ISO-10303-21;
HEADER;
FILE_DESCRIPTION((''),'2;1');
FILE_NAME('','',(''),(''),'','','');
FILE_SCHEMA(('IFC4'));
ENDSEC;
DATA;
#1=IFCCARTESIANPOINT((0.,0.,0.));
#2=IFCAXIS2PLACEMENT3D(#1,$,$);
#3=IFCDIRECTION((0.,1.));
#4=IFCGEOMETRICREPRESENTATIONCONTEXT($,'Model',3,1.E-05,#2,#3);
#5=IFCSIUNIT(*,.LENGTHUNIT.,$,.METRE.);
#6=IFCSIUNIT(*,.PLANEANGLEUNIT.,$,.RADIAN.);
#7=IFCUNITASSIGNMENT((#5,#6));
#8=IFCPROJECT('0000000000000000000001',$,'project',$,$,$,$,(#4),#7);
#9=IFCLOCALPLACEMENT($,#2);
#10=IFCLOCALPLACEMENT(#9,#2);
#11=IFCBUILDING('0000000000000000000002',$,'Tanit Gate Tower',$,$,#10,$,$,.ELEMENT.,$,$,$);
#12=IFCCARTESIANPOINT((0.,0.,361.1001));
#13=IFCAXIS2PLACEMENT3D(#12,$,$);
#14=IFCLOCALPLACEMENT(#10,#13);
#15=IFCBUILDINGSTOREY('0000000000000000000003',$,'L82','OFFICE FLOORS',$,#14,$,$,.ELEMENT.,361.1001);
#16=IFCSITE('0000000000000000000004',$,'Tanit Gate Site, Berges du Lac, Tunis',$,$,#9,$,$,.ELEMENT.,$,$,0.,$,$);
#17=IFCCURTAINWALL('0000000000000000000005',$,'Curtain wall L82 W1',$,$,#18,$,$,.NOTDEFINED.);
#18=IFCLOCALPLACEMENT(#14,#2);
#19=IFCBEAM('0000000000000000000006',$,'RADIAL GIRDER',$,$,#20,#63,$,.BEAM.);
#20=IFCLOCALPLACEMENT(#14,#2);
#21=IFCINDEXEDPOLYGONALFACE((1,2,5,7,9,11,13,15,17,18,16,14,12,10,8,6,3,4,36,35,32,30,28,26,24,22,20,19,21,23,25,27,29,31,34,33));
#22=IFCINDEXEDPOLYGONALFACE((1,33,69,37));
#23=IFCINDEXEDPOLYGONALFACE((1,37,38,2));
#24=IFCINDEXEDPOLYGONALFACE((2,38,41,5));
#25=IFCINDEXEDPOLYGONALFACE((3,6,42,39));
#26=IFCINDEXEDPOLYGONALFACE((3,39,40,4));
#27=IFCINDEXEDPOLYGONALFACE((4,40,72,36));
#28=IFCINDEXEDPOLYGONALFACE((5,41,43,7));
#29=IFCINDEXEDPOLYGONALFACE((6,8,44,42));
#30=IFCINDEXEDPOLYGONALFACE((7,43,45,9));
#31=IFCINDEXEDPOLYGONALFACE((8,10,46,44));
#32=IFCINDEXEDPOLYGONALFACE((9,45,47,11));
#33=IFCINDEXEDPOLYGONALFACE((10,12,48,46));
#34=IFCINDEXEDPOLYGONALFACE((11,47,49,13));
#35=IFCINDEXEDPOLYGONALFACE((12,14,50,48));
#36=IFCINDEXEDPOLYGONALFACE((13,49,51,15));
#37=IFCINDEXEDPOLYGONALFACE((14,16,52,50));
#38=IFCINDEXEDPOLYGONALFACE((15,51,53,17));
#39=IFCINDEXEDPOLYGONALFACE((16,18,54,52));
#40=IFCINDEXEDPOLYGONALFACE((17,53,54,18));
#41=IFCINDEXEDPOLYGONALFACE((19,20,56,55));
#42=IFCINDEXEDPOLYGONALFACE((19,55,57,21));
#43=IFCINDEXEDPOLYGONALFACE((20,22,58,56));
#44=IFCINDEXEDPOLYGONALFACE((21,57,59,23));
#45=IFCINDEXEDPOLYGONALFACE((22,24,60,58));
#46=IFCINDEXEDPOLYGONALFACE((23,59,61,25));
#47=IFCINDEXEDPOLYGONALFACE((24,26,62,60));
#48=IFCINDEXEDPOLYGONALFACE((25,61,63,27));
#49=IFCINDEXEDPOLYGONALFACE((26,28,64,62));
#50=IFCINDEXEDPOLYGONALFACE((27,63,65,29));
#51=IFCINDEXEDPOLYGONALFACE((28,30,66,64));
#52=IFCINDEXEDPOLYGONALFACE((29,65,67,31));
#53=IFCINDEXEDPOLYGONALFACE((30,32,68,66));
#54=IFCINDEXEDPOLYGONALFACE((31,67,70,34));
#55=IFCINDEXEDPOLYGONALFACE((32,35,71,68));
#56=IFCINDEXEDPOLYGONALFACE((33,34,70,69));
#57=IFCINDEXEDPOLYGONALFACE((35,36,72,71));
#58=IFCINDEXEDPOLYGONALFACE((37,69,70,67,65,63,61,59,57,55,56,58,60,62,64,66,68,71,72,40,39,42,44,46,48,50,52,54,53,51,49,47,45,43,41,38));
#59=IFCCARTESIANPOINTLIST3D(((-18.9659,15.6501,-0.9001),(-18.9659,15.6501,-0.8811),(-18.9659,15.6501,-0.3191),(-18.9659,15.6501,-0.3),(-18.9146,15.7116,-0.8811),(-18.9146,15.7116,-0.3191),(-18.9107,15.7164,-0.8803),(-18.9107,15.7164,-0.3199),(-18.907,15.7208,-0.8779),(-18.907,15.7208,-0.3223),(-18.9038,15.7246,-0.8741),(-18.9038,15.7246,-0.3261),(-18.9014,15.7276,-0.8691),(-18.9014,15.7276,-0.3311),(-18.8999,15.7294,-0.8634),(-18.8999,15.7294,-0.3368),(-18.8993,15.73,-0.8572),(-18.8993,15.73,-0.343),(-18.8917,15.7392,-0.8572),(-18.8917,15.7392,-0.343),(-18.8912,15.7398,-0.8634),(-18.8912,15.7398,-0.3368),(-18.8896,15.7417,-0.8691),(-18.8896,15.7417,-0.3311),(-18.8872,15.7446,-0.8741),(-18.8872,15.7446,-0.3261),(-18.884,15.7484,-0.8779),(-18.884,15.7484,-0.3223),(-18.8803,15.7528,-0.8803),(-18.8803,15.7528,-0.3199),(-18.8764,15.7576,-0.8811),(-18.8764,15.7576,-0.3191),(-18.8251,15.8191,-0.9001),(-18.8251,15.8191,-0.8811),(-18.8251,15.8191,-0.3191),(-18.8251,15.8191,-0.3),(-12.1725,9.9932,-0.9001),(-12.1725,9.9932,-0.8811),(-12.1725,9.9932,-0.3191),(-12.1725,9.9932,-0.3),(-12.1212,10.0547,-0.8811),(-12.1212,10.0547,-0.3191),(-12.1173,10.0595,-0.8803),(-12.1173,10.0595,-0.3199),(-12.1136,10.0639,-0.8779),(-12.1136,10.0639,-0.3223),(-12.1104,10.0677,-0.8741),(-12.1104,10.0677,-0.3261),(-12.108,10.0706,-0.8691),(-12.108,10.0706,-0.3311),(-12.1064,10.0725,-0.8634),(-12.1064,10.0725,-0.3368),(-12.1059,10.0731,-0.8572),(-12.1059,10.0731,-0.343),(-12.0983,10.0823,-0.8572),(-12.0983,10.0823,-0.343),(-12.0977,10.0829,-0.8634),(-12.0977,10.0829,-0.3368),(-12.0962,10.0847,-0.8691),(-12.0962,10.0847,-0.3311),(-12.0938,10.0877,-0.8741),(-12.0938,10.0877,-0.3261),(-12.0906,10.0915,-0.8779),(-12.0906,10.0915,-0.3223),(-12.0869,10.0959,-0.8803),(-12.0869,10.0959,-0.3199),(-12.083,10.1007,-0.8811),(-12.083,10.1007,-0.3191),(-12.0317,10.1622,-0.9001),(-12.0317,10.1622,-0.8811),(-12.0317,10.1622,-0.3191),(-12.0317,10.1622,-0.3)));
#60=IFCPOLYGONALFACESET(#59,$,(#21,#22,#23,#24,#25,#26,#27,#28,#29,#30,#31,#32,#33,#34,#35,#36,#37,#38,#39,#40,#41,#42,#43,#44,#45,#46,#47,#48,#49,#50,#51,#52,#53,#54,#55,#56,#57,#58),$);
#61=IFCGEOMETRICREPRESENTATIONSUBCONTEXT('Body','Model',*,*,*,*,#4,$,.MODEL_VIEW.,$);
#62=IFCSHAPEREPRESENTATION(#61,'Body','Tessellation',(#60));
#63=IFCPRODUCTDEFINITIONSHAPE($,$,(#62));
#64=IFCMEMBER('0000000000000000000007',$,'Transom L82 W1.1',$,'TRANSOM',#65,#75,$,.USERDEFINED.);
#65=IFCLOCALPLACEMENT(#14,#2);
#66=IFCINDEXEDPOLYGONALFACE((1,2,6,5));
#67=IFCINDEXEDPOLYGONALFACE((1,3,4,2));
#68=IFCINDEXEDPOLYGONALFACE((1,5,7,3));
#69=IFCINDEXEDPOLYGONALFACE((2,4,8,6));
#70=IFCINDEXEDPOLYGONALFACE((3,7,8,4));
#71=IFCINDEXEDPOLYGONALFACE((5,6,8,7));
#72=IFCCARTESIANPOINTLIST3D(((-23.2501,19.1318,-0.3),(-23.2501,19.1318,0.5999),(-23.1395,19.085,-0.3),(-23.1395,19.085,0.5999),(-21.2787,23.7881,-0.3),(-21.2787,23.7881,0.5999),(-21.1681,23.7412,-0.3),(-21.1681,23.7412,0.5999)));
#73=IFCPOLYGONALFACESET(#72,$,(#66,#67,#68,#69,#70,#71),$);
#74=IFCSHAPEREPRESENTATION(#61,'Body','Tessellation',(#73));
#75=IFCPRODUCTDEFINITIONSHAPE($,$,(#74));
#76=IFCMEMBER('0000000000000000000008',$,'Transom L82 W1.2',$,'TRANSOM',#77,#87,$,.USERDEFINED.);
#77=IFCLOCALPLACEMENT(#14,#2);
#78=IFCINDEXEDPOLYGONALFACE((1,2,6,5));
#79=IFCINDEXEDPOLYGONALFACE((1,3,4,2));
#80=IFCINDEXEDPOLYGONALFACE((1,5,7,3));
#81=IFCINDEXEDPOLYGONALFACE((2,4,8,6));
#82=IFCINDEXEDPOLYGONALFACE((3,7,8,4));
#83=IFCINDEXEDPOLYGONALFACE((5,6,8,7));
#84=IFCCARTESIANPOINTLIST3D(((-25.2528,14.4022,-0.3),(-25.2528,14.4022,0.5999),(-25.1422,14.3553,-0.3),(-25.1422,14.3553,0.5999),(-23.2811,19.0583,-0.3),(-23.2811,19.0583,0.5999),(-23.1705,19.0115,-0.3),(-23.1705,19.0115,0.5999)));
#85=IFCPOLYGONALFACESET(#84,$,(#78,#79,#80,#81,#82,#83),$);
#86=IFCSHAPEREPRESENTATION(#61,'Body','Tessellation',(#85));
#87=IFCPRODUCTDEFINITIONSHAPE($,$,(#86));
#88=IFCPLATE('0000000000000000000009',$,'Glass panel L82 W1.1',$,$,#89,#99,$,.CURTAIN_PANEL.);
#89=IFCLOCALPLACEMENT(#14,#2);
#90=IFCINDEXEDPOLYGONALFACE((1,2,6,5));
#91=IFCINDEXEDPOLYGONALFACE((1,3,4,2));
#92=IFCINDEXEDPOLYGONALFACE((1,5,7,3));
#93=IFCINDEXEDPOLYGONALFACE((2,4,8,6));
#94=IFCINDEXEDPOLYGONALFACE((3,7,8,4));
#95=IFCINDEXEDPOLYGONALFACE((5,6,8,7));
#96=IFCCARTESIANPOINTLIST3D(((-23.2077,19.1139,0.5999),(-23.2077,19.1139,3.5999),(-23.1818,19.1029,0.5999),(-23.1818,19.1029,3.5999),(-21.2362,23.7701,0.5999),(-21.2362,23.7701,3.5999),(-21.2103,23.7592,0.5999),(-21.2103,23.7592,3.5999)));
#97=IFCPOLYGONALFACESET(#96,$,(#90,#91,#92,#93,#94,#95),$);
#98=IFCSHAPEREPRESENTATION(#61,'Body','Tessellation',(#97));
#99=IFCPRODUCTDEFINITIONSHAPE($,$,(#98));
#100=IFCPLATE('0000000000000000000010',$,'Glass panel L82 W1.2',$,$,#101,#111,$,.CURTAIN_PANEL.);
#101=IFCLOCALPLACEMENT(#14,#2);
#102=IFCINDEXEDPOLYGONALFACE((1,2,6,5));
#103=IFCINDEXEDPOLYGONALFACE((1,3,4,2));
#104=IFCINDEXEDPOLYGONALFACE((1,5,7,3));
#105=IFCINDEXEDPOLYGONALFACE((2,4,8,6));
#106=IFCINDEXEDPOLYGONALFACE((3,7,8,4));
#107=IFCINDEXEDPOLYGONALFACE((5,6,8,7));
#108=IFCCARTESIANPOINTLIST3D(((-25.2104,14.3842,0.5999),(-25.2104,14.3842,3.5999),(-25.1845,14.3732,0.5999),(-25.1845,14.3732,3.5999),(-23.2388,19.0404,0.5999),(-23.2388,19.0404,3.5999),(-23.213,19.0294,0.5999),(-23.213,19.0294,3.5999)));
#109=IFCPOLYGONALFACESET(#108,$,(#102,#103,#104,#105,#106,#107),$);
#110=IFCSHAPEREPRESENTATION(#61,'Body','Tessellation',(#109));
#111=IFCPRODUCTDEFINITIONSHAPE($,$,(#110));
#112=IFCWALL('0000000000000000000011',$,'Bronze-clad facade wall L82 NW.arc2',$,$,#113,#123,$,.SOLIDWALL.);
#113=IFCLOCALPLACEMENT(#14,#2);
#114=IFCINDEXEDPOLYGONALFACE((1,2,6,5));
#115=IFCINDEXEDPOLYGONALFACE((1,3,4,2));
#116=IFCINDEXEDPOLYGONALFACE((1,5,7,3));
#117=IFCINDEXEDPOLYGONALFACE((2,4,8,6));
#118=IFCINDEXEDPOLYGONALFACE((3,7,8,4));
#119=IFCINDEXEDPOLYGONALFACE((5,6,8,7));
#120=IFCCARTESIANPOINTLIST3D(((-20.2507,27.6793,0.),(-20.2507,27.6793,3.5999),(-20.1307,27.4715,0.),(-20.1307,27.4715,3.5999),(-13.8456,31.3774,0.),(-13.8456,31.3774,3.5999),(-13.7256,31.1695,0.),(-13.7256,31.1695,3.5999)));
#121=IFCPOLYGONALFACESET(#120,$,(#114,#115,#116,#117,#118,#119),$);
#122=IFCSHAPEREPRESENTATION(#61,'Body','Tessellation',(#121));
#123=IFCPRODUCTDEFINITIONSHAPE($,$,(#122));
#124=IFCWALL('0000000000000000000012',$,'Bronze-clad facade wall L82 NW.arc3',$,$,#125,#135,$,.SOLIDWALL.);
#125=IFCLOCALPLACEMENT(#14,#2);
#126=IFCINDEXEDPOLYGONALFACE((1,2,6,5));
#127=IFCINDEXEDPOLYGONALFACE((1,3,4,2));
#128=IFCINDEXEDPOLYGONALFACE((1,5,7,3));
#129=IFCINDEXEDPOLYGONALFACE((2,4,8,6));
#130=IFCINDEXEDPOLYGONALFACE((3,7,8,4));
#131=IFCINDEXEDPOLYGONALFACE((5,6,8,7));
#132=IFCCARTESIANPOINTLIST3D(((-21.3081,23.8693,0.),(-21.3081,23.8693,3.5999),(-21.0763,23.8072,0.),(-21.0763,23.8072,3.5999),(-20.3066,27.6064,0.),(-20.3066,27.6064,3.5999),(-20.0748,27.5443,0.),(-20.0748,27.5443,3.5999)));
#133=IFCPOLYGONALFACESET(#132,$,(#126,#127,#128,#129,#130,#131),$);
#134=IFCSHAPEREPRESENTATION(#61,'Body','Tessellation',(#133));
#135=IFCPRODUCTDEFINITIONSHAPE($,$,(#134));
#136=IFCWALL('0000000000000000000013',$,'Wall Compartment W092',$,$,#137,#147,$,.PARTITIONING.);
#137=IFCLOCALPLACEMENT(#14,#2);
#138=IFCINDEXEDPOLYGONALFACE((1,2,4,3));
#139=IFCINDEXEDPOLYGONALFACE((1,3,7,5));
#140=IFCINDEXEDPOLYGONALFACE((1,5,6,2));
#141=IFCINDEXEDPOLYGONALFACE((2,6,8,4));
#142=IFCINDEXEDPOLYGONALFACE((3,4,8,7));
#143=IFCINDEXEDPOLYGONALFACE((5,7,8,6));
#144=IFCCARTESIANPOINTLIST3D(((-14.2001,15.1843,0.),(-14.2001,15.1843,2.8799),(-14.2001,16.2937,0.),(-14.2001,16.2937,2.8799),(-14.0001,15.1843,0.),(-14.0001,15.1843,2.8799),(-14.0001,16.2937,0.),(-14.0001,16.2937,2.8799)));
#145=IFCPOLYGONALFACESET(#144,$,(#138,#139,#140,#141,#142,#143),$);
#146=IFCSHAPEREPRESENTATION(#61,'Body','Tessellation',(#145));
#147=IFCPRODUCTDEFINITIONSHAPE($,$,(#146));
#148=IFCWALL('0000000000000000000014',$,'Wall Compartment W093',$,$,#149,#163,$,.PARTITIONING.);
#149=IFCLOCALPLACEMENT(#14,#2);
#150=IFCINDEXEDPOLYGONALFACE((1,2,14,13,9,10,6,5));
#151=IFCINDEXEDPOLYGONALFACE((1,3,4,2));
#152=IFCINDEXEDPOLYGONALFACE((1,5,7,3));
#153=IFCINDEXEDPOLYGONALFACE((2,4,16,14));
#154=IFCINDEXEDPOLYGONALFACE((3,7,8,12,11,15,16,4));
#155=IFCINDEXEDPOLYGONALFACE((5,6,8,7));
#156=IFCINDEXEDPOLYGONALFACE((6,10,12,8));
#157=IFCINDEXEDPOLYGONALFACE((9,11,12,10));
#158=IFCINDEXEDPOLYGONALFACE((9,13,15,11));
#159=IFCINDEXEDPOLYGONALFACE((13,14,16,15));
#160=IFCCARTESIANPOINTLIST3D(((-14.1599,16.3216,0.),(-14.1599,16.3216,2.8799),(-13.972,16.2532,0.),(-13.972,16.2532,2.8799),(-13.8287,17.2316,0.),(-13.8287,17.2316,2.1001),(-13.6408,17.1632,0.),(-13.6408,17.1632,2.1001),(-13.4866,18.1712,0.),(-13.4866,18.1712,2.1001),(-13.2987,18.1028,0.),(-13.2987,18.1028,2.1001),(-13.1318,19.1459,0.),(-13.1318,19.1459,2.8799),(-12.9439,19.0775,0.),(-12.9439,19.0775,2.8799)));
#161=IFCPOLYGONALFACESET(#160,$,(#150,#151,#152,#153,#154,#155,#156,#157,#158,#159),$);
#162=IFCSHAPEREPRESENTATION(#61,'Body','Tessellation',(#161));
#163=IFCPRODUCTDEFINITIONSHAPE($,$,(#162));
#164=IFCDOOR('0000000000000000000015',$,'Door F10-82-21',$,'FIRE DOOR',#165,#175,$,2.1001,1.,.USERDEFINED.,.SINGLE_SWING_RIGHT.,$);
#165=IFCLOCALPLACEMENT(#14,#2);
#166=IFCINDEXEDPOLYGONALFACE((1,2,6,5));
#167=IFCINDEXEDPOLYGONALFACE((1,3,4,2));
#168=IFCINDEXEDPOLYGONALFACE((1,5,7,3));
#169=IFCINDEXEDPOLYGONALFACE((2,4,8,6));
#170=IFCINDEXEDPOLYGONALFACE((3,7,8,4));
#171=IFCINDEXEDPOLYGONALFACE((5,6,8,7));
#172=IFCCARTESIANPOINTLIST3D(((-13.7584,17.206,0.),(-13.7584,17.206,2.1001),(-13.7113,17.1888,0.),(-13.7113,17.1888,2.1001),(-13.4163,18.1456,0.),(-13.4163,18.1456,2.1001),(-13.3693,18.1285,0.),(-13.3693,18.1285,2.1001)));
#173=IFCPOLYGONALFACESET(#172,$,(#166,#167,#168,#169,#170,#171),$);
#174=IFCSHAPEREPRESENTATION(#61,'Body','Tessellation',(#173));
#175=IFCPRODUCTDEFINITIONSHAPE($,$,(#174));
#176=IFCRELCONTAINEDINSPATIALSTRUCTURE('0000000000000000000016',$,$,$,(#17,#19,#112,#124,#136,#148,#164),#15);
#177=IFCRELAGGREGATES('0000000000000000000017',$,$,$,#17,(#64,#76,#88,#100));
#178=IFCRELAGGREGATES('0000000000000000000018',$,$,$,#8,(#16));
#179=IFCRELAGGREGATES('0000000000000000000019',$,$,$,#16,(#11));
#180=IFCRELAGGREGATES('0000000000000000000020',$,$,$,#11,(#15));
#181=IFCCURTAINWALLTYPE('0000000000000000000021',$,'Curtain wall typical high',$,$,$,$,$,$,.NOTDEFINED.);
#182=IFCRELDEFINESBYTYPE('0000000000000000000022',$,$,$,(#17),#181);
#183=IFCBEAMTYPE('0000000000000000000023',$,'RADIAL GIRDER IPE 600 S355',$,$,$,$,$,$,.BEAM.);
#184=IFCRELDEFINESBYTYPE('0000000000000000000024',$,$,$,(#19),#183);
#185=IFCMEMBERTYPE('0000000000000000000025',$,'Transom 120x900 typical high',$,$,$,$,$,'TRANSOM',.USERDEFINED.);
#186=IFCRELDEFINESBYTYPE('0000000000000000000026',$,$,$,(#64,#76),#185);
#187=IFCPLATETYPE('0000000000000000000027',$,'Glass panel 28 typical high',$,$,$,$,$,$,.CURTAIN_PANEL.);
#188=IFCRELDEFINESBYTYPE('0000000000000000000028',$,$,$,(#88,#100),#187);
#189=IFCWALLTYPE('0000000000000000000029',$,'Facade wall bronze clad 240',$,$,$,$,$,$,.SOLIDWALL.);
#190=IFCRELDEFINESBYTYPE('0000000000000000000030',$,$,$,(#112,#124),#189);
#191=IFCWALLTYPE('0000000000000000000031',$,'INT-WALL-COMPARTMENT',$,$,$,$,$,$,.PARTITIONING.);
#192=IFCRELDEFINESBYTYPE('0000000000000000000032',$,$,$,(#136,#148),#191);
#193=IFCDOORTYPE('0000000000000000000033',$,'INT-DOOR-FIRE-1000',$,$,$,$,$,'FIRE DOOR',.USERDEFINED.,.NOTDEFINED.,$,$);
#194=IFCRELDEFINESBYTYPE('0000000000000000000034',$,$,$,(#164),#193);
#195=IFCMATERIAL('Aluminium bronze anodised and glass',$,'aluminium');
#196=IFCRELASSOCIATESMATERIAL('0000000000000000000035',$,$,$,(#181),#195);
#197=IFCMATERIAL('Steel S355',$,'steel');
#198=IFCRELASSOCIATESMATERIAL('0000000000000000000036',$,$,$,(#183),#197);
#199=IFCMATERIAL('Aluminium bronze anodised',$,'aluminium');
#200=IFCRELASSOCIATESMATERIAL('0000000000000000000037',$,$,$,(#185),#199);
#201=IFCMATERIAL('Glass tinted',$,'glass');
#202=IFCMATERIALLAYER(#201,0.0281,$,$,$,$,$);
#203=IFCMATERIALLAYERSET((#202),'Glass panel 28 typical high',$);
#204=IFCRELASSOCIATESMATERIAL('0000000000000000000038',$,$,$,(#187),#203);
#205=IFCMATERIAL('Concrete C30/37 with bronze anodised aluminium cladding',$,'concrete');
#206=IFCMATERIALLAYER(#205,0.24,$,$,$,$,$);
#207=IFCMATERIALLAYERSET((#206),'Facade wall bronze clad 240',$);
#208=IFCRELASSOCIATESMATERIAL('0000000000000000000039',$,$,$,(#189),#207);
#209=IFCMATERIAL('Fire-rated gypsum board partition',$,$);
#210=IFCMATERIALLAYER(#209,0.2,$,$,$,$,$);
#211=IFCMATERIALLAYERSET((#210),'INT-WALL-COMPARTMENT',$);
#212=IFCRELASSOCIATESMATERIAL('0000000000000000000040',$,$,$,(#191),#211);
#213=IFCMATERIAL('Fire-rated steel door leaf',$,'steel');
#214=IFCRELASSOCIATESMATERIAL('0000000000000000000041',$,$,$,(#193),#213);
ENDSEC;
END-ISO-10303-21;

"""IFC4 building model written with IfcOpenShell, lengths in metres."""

from ifc_helpers import new_model, si_unit, direction, frame, frame_2d, origin, origin_2d, place, context, subcontext, project, spatial, rectangle, i_section, extrude, material, layer, layer_set, material_profile, profile_set, type_object, element, fill, aggregate, save


model = new_model("IFC4")

# Units and contexts
model_context = context("Model", 3, precision=1e-05, world=origin(), true_north=direction((0.0, 1.0)))
body_context = subcontext(model_context, "Body", "Model", "MODEL_VIEW")
ifc_project = project(units=[si_unit("LENGTHUNIT", "METRE"), si_unit("PLANEANGLEUNIT", "RADIAN")], contexts=[model_context])

# Site, building, storey
site_placement = place(None, origin())
site = spatial("IfcSite", under=ifc_project, at=site_placement, Name="Tanit Gate Site, Berges du Lac, Tunis", CompositionType="ELEMENT", RefElevation=0.0)
building_placement = place(site_placement, origin())
building = spatial("IfcBuilding", under=site, at=building_placement, Name="Tanit Gate Tower", CompositionType="ELEMENT")
storey_placement = place(building_placement, frame((0.0, 0.0, 361.1001)))
storey = spatial("IfcBuildingStorey", under=building, at=storey_placement, Name="L82", Description="OFFICE FLOORS", CompositionType="ELEMENT", Elevation=361.1001)

# Curtain wall
ifc_material_1 = material(Name="Aluminium bronze anodised and glass", Category="aluminium")
curtain_wall_type = type_object("IfcCurtainWallType", Name="Curtain wall typical high", PredefinedType="NOTDEFINED", material=ifc_material_1)
curtain_wall_placement = place(storey_placement, origin())
curtain_wall = element("IfcCurtainWall", 1, at=curtain_wall_placement, inside=storey, type_object=curtain_wall_type, Name="Curtain wall L82 W1", PredefinedType="NOTDEFINED")

# Beam
ifc_material_2 = material(Name="Steel S355", Category="steel")
ifc_material_profile_1 = material_profile(ifc_material_2, i_section(OverallWidth=0.22, OverallDepth=0.6001, WebThickness=0.012, FlangeThickness=0.019, FilletRadius=0.0239, at=origin_2d()), Name="IPE 600")
ifc_profile_set_1 = profile_set([ifc_material_profile_1], Name="Steel S355")
beam_type_1 = type_object("IfcBeamType", Name="RADIAL GIRDER IPE 600 S355", PredefinedType="BEAM", material=ifc_profile_set_1)
beam_1_placement = place(storey_placement, frame((-18.8955, 15.7346, -0.6001), z_axis=(0.768457, -0.639902, 0.0), x_axis=(0.639902, 0.768457, 0.0)))
element("IfcBeam", 2, at=beam_1_placement, inside=storey, type_object=beam_type_1, Name="RADIAL GIRDER", PredefinedType="BEAM", context=body_context, shape_type="SweptSolid", body=[
    extrude(i_section(OverallWidth=0.22, OverallDepth=0.6001, WebThickness=0.012, FlangeThickness=0.019, FilletRadius=0.0239, at=origin_2d()), origin(), (0.0, 0.0, 1.0), 8.8403),
])

# Members
ifc_material_3 = material(Name="Aluminium bronze anodised", Category="aluminium")
ifc_material_profile_2 = material_profile(ifc_material_3, rectangle(XDim=0.1201, YDim=0.8999, at=origin_2d()), Name="120x900 bronze transom")
ifc_profile_set_2 = profile_set([ifc_material_profile_2], Name="Aluminium bronze anodised")
member_type_1 = type_object("IfcMemberType", Name="Transom 120x900 typical high", ElementType="TRANSOM", PredefinedType="USERDEFINED", material=ifc_profile_set_2)
member_1_placement = place(storey_placement, frame((-21.2234, 23.7646, 0.1499), z_axis=(-0.389889, -0.920862, 0.0), x_axis=(0.920862, -0.389889, 0.0)))
member_1 = element("IfcMember", 3, at=member_1_placement, type_object=member_type_1, Name="Transom L82 W1.1", ObjectType="TRANSOM", PredefinedType="USERDEFINED", context=body_context, shape_type="SweptSolid", body=[
    extrude(rectangle(XDim=0.1201, YDim=0.8999, at=origin_2d()), origin(), (0.0, 0.0, 1.0), 5.0564),
])
member_2_placement = place(storey_placement, frame((-23.2258, 19.0349, 0.1499), z_axis=(-0.38993, -0.920845, 0.0), x_axis=(0.920845, -0.38993, 0.0)))
member_2 = element("IfcMember", 4, at=member_2_placement, type_object=member_type_1, Name="Transom L82 W1.2", ObjectType="TRANSOM", PredefinedType="USERDEFINED", context=body_context, shape_type="SweptSolid", body=[
    extrude(rectangle(XDim=0.1201, YDim=0.8999, at=origin_2d()), origin(), (0.0, 0.0, 1.0), 5.0564),
])

# Plates
ifc_material_4 = material(Name="Glass tinted", Category="glass")
ifc_layer_1 = layer(ifc_material_4, 0.0281)
ifc_layer_set_1 = layer_set([ifc_layer_1], Name="Glass panel 28 typical high")
plate_type = type_object("IfcPlateType", Name="Glass panel 28 typical high", PredefinedType="CURTAIN_PANEL", material=ifc_layer_set_1)
plate_1_placement = place(storey_placement, frame((-22.209, 21.4365, 0.5999), z_axis=(0.0, 0.0, 1.0), x_axis=(-0.389906, -0.920855, 0.0)))
plate_1 = element("IfcPlate", 5, at=plate_1_placement, type_object=plate_type, Name="Glass panel L82 W1.1", PredefinedType="CURTAIN_PANEL", context=body_context, shape_type="SweptSolid", body=[
    extrude(rectangle(XDim=5.0564, YDim=0.0281, at=origin_2d()), origin(), (0.0, 0.0, 1.0), 3.0),
])
plate_2_placement = place(storey_placement, frame((-24.2117, 16.7068, 0.5999), z_axis=(0.0, 0.0, 1.0), x_axis=(-0.389906, -0.920855, 0.0)))
plate_2 = element("IfcPlate", 6, at=plate_2_placement, type_object=plate_type, Name="Glass panel L82 W1.2", PredefinedType="CURTAIN_PANEL", context=body_context, shape_type="SweptSolid", body=[
    extrude(rectangle(XDim=5.0564, YDim=0.0281, at=origin_2d()), origin(), (0.0, 0.0, 1.0), 3.0),
])
aggregate(curtain_wall, [member_1, member_2, plate_1, plate_2])

# Walls
ifc_material_5 = material(Name="Concrete C30/37 with bronze anodised aluminium cladding", Category="concrete")
ifc_layer_2 = layer(ifc_material_5, 0.24)
ifc_layer_set_2 = layer_set([ifc_layer_2], Name="Facade wall bronze clad 240")
wall_type_1 = type_object("IfcWallType", Name="Facade wall bronze clad 240", PredefinedType="SOLIDWALL", material=ifc_layer_set_2)
wall_1_placement = place(storey_placement, frame((-13.7856, 31.2734, 0.0), z_axis=(0.0, 0.0, 1.0), x_axis=(-0.866022, -0.500005, 0.0)))
element("IfcWall", 7, at=wall_1_placement, inside=storey, type_object=wall_type_1, Name="Bronze-clad facade wall L82 NW.arc2", PredefinedType="SOLIDWALL", context=body_context, shape_type="SweptSolid", body=[
    extrude(rectangle(XDim=7.396, YDim=0.24, at=frame_2d((3.698, 0.0))), origin(), (0.0, 0.0, 1.0), 3.5999),
])
wall_2_placement = place(storey_placement, frame((-20.1907, 27.5754, 0.0), z_axis=(0.0, 0.0, 1.0), x_axis=(-0.258849, -0.965918, 0.0)))
element("IfcWall", 8, at=wall_2_placement, inside=storey, type_object=wall_type_1, Name="Bronze-clad facade wall L82 NW.arc3", PredefinedType="SOLIDWALL", context=body_context, shape_type="SweptSolid", body=[
    extrude(rectangle(XDim=3.8689, YDim=0.24, at=frame_2d((1.9346, 0.0))), origin(), (0.0, 0.0, 1.0), 3.5999),
])
ifc_material_6 = material(Name="Fire-rated gypsum board partition")
ifc_layer_3 = layer(ifc_material_6, 0.2)
ifc_layer_set_3 = layer_set([ifc_layer_3], Name="INT-WALL-COMPARTMENT")
wall_type_2 = type_object("IfcWallType", Name="INT-WALL-COMPARTMENT", PredefinedType="PARTITIONING", material=ifc_layer_set_3)
wall_3_placement = place(storey_placement, frame((-14.1001, 16.2937, 0.0), z_axis=(0.0, 0.0, 1.0), x_axis=(0.0, -1.0, 0.0)))
element("IfcWall", 9, at=wall_3_placement, inside=storey, type_object=wall_type_2, Name="Wall Compartment W092", PredefinedType="PARTITIONING", context=body_context, shape_type="SweptSolid", body=[
    extrude(rectangle(XDim=1.1094, YDim=0.2, at=frame_2d((0.5547, 0.0))), origin(), (0.0, 0.0, 1.0), 2.8799),
])

# Wall, opening, door
wall_4_placement = place(storey_placement, frame((-13.0378, 19.1118, 0.0), z_axis=(0.0, 0.0, 1.0), x_axis=(-0.342063, -0.939677, 0.0)))
wall_4 = element("IfcWall", 10, at=wall_4_placement, inside=storey, type_object=wall_type_2, Name="Wall Compartment W093", PredefinedType="PARTITIONING", context=body_context, shape_type="SweptSolid", body=[
    extrude(rectangle(XDim=3.0056, YDim=0.2, at=frame_2d((1.5029, 0.0))), origin(), (0.0, 0.0, 1.0), 2.8799),
])
opening_placement = place(wall_4_placement, frame((1.0374, 0.0, 0.0)))
opening = element("IfcOpeningElement", 11, at=opening_placement, cuts=wall_4, PredefinedType="OPENING", context=body_context, shape_type="SweptSolid", body=[
    extrude(rectangle(XDim=1.0, YDim=2.1001, at=frame_2d((0.5, 1.05))), frame((0.0, 0.1099, 0.0), z_axis=(0.0, -1.0, 0.0), x_axis=(1.0, 0.0, 0.0)), (0.0, 0.0, 1.0), 0.22),
])
ifc_material_7 = material(Name="Fire-rated steel door leaf", Category="steel")
door_type = type_object("IfcDoorType", Name="INT-DOOR-FIRE-1000", ElementType="FIRE DOOR", OperationType="NOTDEFINED", PredefinedType="USERDEFINED", material=ifc_material_7)
door_placement = place(opening_placement, origin())
door = element("IfcDoor", 12, at=door_placement, inside=storey, type_object=door_type, Name="Door F10-82-21", ObjectType="FIRE DOOR", OperationType="SINGLE_SWING_RIGHT", OverallHeight=2.1001, OverallWidth=1.0, PredefinedType="USERDEFINED", context=body_context, shape_type="SweptSolid", body=[
    extrude(rectangle(XDim=1.0, YDim=2.1001, at=frame_2d((0.5, 1.05))), frame((0.0, 0.0249, 0.0), z_axis=(0.0, -1.0, 0.0), x_axis=(1.0, 0.0, 0.0)), (0.0, 0.0, 1.0), 0.05),
])
fill(opening, door)

save(model, "model.ifc")
